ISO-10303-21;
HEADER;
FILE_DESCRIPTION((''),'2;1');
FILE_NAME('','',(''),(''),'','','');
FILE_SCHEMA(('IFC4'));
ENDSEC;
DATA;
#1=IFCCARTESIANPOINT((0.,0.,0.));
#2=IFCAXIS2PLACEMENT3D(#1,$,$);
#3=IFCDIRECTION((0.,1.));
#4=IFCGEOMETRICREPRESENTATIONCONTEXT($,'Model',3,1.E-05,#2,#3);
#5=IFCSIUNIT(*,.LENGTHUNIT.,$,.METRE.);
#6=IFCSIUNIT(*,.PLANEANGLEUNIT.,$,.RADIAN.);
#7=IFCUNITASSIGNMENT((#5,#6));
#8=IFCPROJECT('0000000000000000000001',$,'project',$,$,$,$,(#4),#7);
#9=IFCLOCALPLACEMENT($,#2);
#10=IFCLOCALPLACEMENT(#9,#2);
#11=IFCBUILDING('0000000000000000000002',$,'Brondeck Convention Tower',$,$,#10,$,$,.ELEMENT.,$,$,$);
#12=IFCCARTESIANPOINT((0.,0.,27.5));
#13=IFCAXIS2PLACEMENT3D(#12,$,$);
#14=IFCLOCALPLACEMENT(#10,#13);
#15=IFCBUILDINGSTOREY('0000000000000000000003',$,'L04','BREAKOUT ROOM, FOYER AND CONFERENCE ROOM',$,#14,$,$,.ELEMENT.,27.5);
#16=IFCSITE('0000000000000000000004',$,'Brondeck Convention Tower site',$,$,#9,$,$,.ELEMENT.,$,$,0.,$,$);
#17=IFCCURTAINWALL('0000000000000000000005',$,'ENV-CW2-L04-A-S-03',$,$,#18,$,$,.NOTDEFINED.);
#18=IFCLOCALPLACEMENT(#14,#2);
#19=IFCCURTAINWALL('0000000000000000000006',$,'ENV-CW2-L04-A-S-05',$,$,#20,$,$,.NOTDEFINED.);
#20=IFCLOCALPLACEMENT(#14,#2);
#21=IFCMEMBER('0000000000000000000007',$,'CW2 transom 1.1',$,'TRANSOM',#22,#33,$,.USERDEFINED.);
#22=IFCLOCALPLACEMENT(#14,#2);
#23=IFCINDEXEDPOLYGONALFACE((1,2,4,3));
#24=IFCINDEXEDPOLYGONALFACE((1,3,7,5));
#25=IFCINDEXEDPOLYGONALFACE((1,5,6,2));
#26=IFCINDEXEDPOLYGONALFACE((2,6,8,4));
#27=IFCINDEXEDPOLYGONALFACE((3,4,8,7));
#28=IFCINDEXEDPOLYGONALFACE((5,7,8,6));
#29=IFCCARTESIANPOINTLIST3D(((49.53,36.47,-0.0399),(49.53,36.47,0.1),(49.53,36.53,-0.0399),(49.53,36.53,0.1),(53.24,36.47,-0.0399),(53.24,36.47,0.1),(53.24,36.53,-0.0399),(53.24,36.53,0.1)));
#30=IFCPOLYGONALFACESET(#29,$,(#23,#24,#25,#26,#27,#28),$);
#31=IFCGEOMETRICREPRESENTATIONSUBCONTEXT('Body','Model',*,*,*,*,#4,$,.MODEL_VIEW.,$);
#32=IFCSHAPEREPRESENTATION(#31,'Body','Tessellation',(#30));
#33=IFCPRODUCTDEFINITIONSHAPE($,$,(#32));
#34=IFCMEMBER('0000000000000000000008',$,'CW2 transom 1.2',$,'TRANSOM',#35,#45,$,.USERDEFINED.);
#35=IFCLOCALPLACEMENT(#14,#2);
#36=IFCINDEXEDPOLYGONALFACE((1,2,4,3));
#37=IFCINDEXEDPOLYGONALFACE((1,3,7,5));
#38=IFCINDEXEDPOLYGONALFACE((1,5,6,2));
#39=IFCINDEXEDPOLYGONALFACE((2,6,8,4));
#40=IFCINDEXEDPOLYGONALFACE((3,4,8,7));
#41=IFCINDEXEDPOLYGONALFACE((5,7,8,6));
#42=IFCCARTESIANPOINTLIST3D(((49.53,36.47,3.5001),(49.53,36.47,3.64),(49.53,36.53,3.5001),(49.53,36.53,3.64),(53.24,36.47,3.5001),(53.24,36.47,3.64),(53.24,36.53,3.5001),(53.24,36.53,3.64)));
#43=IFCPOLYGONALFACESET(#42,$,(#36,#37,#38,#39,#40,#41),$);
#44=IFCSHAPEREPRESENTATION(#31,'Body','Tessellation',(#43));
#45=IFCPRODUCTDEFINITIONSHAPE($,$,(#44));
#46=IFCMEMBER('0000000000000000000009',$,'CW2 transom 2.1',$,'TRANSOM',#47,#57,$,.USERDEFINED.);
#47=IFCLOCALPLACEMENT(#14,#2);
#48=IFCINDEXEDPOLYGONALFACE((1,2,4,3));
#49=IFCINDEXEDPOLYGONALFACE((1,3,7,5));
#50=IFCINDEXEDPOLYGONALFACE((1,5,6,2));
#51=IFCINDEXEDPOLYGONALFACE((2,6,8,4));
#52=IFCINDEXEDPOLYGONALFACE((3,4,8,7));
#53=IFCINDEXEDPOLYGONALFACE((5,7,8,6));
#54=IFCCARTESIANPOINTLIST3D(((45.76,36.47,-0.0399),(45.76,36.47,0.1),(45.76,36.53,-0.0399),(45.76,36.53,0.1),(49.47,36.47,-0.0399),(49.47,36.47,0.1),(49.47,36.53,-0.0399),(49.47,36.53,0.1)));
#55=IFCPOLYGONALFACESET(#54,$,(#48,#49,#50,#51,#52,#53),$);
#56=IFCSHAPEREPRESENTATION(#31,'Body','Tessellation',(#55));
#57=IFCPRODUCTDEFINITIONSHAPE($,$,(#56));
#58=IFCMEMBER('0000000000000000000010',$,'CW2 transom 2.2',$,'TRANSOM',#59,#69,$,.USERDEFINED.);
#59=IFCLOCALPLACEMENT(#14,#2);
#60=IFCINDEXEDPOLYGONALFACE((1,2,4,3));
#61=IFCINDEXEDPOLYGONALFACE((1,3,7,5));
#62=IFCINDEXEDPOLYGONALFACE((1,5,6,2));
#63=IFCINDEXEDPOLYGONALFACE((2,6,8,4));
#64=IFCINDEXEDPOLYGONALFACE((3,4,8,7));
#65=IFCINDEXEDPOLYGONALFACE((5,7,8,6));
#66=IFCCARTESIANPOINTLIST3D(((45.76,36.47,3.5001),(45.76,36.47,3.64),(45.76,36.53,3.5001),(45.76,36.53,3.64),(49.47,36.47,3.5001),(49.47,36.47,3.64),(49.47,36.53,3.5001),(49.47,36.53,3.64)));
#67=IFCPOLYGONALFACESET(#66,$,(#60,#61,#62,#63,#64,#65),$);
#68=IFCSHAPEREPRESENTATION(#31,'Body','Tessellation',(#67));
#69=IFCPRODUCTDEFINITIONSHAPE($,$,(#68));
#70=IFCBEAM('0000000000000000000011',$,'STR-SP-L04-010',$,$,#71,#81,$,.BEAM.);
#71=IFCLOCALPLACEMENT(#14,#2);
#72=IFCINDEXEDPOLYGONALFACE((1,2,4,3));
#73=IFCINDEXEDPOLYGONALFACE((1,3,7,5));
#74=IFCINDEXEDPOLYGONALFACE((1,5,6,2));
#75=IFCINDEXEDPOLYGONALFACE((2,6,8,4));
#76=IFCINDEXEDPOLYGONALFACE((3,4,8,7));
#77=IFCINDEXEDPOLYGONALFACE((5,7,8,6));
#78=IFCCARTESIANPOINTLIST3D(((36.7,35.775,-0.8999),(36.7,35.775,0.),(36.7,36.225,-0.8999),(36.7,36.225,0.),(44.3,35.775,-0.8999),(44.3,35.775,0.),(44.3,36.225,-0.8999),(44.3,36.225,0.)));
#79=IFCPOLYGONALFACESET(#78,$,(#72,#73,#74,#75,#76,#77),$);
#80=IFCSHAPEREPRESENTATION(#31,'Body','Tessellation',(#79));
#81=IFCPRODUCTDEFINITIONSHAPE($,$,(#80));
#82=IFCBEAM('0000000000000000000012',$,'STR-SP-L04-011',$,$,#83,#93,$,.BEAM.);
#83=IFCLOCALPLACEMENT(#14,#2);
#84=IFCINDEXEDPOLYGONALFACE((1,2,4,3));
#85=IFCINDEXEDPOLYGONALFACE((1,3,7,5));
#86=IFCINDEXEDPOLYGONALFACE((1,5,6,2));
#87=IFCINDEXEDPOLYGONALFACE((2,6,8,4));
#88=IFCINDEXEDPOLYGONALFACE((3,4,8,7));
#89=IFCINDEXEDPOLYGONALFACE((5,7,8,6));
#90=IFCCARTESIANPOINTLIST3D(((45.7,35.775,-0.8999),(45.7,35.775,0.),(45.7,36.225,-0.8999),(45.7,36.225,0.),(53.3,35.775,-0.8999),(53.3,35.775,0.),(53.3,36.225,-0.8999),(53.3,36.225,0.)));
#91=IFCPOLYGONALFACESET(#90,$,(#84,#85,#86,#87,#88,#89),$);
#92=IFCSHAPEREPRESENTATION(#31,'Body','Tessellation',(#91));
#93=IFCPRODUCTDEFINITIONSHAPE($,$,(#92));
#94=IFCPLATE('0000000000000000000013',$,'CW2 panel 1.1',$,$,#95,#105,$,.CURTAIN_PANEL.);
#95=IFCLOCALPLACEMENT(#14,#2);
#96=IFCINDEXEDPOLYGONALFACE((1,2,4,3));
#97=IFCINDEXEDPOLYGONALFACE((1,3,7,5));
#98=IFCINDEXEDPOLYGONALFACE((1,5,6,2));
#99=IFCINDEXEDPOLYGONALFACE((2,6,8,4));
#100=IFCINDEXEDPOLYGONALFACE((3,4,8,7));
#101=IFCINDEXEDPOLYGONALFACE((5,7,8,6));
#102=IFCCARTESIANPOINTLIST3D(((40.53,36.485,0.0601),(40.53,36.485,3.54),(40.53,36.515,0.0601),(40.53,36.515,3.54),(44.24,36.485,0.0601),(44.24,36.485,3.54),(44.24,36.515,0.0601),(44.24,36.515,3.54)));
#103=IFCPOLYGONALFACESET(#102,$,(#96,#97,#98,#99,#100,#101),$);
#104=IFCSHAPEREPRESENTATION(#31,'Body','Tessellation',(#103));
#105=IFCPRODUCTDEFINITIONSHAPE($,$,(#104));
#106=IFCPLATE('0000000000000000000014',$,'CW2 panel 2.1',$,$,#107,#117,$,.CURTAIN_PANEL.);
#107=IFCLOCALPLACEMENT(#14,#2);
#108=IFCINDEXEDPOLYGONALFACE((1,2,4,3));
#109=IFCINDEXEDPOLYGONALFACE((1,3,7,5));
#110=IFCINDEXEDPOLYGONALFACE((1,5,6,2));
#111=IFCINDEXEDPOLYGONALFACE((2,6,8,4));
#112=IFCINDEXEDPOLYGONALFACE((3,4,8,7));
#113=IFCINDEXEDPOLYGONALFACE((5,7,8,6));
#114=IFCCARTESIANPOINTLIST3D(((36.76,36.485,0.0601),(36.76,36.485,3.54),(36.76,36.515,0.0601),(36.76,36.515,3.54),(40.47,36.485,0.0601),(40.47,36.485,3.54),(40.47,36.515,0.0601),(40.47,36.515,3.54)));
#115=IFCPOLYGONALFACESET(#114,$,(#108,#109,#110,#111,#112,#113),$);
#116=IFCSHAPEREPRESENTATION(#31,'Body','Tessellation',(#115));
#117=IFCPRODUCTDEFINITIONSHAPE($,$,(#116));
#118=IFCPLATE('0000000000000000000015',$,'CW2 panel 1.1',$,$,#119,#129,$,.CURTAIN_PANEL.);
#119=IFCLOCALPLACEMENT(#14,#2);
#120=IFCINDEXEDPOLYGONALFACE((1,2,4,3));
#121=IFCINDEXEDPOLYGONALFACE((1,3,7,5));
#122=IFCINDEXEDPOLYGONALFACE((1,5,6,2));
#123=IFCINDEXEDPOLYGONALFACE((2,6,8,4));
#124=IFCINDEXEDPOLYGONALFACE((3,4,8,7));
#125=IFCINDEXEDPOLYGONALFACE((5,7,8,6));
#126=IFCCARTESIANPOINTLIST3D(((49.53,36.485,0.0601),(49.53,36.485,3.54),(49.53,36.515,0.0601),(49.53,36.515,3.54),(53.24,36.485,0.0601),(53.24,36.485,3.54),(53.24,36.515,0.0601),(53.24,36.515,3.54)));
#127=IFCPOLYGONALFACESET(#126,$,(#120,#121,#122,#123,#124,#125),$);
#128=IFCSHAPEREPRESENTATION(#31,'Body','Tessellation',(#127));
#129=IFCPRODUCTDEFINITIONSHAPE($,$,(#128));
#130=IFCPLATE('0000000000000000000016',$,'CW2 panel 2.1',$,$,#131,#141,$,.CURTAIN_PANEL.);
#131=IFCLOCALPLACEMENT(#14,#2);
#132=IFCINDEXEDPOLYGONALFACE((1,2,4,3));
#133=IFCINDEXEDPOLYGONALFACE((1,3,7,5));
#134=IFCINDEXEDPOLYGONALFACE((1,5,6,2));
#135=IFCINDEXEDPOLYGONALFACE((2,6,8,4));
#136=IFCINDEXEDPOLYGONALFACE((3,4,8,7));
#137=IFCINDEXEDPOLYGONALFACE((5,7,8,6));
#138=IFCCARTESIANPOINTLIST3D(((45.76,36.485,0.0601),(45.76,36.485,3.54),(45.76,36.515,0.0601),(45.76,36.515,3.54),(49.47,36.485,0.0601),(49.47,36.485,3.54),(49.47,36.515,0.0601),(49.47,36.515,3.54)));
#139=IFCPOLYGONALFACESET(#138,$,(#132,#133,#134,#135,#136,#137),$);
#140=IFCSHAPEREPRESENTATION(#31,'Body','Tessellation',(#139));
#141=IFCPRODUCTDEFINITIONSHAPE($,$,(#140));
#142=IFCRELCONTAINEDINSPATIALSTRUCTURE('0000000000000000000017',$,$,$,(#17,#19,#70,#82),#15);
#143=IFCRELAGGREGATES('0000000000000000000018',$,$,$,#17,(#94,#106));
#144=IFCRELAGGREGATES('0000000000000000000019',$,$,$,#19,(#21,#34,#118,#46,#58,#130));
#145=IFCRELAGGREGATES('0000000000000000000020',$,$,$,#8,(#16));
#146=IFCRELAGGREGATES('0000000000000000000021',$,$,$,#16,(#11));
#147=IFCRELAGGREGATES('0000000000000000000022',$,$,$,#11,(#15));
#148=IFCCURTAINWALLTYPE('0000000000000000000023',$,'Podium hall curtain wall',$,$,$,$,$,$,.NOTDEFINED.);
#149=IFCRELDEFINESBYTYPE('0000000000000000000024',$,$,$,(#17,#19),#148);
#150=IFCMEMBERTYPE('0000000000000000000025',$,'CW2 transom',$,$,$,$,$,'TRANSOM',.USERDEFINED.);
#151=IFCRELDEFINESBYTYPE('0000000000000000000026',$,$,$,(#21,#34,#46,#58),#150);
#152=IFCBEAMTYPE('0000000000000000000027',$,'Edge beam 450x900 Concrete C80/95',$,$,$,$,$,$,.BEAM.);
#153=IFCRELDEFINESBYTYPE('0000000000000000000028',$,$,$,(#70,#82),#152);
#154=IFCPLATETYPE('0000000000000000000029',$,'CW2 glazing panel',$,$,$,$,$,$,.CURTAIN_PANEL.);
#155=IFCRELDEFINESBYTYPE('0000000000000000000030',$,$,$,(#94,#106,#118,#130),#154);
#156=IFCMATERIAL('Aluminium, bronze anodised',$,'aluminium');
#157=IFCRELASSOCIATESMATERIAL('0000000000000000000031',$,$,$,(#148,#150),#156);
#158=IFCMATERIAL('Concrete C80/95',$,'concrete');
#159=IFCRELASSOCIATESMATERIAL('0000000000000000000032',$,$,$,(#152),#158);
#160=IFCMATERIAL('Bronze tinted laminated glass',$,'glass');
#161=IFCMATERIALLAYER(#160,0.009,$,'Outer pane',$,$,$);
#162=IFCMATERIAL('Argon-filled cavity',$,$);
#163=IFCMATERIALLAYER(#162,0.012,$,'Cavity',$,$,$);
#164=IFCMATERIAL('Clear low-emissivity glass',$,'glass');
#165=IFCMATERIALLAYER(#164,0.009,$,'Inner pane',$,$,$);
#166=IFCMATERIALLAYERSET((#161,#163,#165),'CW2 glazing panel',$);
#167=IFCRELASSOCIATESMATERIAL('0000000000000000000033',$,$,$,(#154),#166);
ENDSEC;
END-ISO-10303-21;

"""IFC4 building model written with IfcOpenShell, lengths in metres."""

from ifc_helpers import new_model, si_unit, direction, frame, origin, origin_2d, place, context, subcontext, project, spatial, rectangle, extrude, material, layer, layer_set, material_profile, profile_set, type_object, element, aggregate, save


model = new_model("IFC4")

# Units and contexts
model_context = context("Model", 3, precision=1e-05, world=origin(), true_north=direction((0.0, 1.0)))
body_context = subcontext(model_context, "Body", "Model", "MODEL_VIEW")
ifc_project = project(units=[si_unit("LENGTHUNIT", "METRE"), si_unit("PLANEANGLEUNIT", "RADIAN")], contexts=[model_context])

# Site, building, storey
site_placement = place(None, origin())
site = spatial("IfcSite", under=ifc_project, at=site_placement, Name="Brondeck Convention Tower site", CompositionType="ELEMENT", RefElevation=0.0)
building_placement = place(site_placement, origin())
building = spatial("IfcBuilding", under=site, at=building_placement, Name="Brondeck Convention Tower", CompositionType="ELEMENT")
storey_placement = place(building_placement, frame((0.0, 0.0, 27.5)))
storey = spatial("IfcBuildingStorey", under=building, at=storey_placement, Name="L04", Description="BREAKOUT ROOM, FOYER AND CONFERENCE ROOM", CompositionType="ELEMENT", Elevation=27.5)

# Shared definitions
ifc_material_1 = material(Name="Concrete C80/95", Category="concrete")

# Curtain walls
ifc_material_2 = material(Name="Aluminium, bronze anodised", Category="aluminium")
curtain_wall_type = type_object("IfcCurtainWallType", Name="Podium hall curtain wall", PredefinedType="NOTDEFINED", material=ifc_material_2)
curtain_wall_1_placement = place(storey_placement, origin())
curtain_wall_1 = element("IfcCurtainWall", 1, at=curtain_wall_1_placement, inside=storey, type_object=curtain_wall_type, Name="ENV-CW2-L04-A-S-03", PredefinedType="NOTDEFINED")
curtain_wall_2_placement = place(storey_placement, origin())
curtain_wall_2 = element("IfcCurtainWall", 2, at=curtain_wall_2_placement, inside=storey, type_object=curtain_wall_type, Name="ENV-CW2-L04-A-S-05", PredefinedType="NOTDEFINED")

# Members
ifc_material_profile_1 = material_profile(ifc_material_2, rectangle(XDim=0.0601, YDim=0.1399, at=origin_2d()), Name="CW2 transom")
ifc_profile_set_1 = profile_set([ifc_material_profile_1], Name="Aluminium, bronze anodised")
member_type_1 = type_object("IfcMemberType", Name="CW2 transom", ElementType="TRANSOM", PredefinedType="USERDEFINED", material=ifc_profile_set_1)
member_1_placement = place(storey_placement, frame((53.24, 36.5, 0.03), z_axis=(-1.0, 0.0, 0.0), x_axis=(0.0, -1.0, 0.0)))
member_1 = element("IfcMember", 3, at=member_1_placement, type_object=member_type_1, Name="CW2 transom 1.1", ObjectType="TRANSOM", PredefinedType="USERDEFINED", context=body_context, shape_type="SweptSolid", body=[
    extrude(rectangle(XDim=0.0601, YDim=0.1399, at=origin_2d()), origin(), (0.0, 0.0, 1.0), 3.71),
])
member_2_placement = place(storey_placement, frame((53.24, 36.5, 3.5701), z_axis=(-1.0, 0.0, 0.0), x_axis=(0.0, -1.0, 0.0)))
member_2 = element("IfcMember", 4, at=member_2_placement, type_object=member_type_1, Name="CW2 transom 1.2", ObjectType="TRANSOM", PredefinedType="USERDEFINED", context=body_context, shape_type="SweptSolid", body=[
    extrude(rectangle(XDim=0.0601, YDim=0.1399, at=origin_2d()), origin(), (0.0, 0.0, 1.0), 3.71),
])
member_3_placement = place(storey_placement, frame((49.47, 36.5, 0.03), z_axis=(-1.0, 0.0, 0.0), x_axis=(0.0, -1.0, 0.0)))
member_3 = element("IfcMember", 5, at=member_3_placement, type_object=member_type_1, Name="CW2 transom 2.1", ObjectType="TRANSOM", PredefinedType="USERDEFINED", context=body_context, shape_type="SweptSolid", body=[
    extrude(rectangle(XDim=0.0601, YDim=0.1399, at=origin_2d()), origin(), (0.0, 0.0, 1.0), 3.71),
])
member_4_placement = place(storey_placement, frame((49.47, 36.5, 3.5701), z_axis=(-1.0, 0.0, 0.0), x_axis=(0.0, -1.0, 0.0)))
member_4 = element("IfcMember", 6, at=member_4_placement, type_object=member_type_1, Name="CW2 transom 2.2", ObjectType="TRANSOM", PredefinedType="USERDEFINED", context=body_context, shape_type="SweptSolid", body=[
    extrude(rectangle(XDim=0.0601, YDim=0.1399, at=origin_2d()), origin(), (0.0, 0.0, 1.0), 3.71),
])

# Beams
ifc_material_profile_2 = material_profile(ifc_material_1, rectangle(XDim=0.45, YDim=0.8999, at=origin_2d()), Name="Edge beam 450x900 Concrete C80/95")
ifc_profile_set_2 = profile_set([ifc_material_profile_2], Name="Concrete C80/95")
beam_type = type_object("IfcBeamType", Name="Edge beam 450x900 Concrete C80/95", PredefinedType="BEAM", material=ifc_profile_set_2)
for number, where, z_axis, x_axis, name in (
    (7, (36.7, 36.0, -0.45), (1.0, 0.0, 0.0), (0.0, 1.0, 0.0), "STR-SP-L04-010"),
    (8, (45.7, 36.0, -0.45), (1.0, 0.0, 0.0), (0.0, 1.0, 0.0), "STR-SP-L04-011"),
):
    element("IfcBeam", number, at=place(storey_placement, frame(where, z_axis=z_axis, x_axis=x_axis)), inside=storey, type_object=beam_type, Name=name, PredefinedType="BEAM", context=body_context, shape_type="SweptSolid", body=[
        extrude(rectangle(XDim=0.45, YDim=0.8999, at=origin_2d()), origin(), (0.0, 0.0, 1.0), 7.6001),
    ])

# Plates
ifc_material_3 = material(Name="Bronze tinted laminated glass", Category="glass")
ifc_layer_1 = layer(ifc_material_3, 0.009, Name="Outer pane")
ifc_material_4 = material(Name="Argon-filled cavity")
ifc_layer_2 = layer(ifc_material_4, 0.012, Name="Cavity")
ifc_material_5 = material(Name="Clear low-emissivity glass", Category="glass")
ifc_layer_3 = layer(ifc_material_5, 0.009, Name="Inner pane")
ifc_layer_set = layer_set([ifc_layer_1, ifc_layer_2, ifc_layer_3], Name="CW2 glazing panel")
plate_type = type_object("IfcPlateType", Name="CW2 glazing panel", PredefinedType="CURTAIN_PANEL", material=ifc_layer_set)
plate_1_placement = place(storey_placement, frame((42.385, 36.5, 0.0601), z_axis=(0.0, 0.0, 1.0), x_axis=(-1.0, 0.0, 0.0)))
plate_1 = element("IfcPlate", 9, at=plate_1_placement, type_object=plate_type, Name="CW2 panel 1.1", PredefinedType="CURTAIN_PANEL", context=body_context, shape_type="SweptSolid", body=[
    extrude(rectangle(XDim=3.71, YDim=0.03, at=origin_2d()), origin(), (0.0, 0.0, 1.0), 3.48),
])
plate_2_placement = place(storey_placement, frame((38.615, 36.5, 0.0601), z_axis=(0.0, 0.0, 1.0), x_axis=(-1.0, 0.0, 0.0)))
plate_2 = element("IfcPlate", 10, at=plate_2_placement, type_object=plate_type, Name="CW2 panel 2.1", PredefinedType="CURTAIN_PANEL", context=body_context, shape_type="SweptSolid", body=[
    extrude(rectangle(XDim=3.71, YDim=0.03, at=origin_2d()), origin(), (0.0, 0.0, 1.0), 3.48),
])
aggregate(curtain_wall_1, [plate_1, plate_2])
plate_3_placement = place(storey_placement, frame((51.385, 36.5, 0.0601), z_axis=(0.0, 0.0, 1.0), x_axis=(-1.0, 0.0, 0.0)))
plate_3 = element("IfcPlate", 11, at=plate_3_placement, type_object=plate_type, Name="CW2 panel 1.1", PredefinedType="CURTAIN_PANEL", context=body_context, shape_type="SweptSolid", body=[
    extrude(rectangle(XDim=3.71, YDim=0.03, at=origin_2d()), origin(), (0.0, 0.0, 1.0), 3.48),
])
plate_4_placement = place(storey_placement, frame((47.615, 36.5, 0.0601), z_axis=(0.0, 0.0, 1.0), x_axis=(-1.0, 0.0, 0.0)))
plate_4 = element("IfcPlate", 12, at=plate_4_placement, type_object=plate_type, Name="CW2 panel 2.1", PredefinedType="CURTAIN_PANEL", context=body_context, shape_type="SweptSolid", body=[
    extrude(rectangle(XDim=3.71, YDim=0.03, at=origin_2d()), origin(), (0.0, 0.0, 1.0), 3.48),
])
aggregate(curtain_wall_2, [member_1, member_2, plate_3, member_3, member_4, plate_4])

save(model, "model.ifc")
